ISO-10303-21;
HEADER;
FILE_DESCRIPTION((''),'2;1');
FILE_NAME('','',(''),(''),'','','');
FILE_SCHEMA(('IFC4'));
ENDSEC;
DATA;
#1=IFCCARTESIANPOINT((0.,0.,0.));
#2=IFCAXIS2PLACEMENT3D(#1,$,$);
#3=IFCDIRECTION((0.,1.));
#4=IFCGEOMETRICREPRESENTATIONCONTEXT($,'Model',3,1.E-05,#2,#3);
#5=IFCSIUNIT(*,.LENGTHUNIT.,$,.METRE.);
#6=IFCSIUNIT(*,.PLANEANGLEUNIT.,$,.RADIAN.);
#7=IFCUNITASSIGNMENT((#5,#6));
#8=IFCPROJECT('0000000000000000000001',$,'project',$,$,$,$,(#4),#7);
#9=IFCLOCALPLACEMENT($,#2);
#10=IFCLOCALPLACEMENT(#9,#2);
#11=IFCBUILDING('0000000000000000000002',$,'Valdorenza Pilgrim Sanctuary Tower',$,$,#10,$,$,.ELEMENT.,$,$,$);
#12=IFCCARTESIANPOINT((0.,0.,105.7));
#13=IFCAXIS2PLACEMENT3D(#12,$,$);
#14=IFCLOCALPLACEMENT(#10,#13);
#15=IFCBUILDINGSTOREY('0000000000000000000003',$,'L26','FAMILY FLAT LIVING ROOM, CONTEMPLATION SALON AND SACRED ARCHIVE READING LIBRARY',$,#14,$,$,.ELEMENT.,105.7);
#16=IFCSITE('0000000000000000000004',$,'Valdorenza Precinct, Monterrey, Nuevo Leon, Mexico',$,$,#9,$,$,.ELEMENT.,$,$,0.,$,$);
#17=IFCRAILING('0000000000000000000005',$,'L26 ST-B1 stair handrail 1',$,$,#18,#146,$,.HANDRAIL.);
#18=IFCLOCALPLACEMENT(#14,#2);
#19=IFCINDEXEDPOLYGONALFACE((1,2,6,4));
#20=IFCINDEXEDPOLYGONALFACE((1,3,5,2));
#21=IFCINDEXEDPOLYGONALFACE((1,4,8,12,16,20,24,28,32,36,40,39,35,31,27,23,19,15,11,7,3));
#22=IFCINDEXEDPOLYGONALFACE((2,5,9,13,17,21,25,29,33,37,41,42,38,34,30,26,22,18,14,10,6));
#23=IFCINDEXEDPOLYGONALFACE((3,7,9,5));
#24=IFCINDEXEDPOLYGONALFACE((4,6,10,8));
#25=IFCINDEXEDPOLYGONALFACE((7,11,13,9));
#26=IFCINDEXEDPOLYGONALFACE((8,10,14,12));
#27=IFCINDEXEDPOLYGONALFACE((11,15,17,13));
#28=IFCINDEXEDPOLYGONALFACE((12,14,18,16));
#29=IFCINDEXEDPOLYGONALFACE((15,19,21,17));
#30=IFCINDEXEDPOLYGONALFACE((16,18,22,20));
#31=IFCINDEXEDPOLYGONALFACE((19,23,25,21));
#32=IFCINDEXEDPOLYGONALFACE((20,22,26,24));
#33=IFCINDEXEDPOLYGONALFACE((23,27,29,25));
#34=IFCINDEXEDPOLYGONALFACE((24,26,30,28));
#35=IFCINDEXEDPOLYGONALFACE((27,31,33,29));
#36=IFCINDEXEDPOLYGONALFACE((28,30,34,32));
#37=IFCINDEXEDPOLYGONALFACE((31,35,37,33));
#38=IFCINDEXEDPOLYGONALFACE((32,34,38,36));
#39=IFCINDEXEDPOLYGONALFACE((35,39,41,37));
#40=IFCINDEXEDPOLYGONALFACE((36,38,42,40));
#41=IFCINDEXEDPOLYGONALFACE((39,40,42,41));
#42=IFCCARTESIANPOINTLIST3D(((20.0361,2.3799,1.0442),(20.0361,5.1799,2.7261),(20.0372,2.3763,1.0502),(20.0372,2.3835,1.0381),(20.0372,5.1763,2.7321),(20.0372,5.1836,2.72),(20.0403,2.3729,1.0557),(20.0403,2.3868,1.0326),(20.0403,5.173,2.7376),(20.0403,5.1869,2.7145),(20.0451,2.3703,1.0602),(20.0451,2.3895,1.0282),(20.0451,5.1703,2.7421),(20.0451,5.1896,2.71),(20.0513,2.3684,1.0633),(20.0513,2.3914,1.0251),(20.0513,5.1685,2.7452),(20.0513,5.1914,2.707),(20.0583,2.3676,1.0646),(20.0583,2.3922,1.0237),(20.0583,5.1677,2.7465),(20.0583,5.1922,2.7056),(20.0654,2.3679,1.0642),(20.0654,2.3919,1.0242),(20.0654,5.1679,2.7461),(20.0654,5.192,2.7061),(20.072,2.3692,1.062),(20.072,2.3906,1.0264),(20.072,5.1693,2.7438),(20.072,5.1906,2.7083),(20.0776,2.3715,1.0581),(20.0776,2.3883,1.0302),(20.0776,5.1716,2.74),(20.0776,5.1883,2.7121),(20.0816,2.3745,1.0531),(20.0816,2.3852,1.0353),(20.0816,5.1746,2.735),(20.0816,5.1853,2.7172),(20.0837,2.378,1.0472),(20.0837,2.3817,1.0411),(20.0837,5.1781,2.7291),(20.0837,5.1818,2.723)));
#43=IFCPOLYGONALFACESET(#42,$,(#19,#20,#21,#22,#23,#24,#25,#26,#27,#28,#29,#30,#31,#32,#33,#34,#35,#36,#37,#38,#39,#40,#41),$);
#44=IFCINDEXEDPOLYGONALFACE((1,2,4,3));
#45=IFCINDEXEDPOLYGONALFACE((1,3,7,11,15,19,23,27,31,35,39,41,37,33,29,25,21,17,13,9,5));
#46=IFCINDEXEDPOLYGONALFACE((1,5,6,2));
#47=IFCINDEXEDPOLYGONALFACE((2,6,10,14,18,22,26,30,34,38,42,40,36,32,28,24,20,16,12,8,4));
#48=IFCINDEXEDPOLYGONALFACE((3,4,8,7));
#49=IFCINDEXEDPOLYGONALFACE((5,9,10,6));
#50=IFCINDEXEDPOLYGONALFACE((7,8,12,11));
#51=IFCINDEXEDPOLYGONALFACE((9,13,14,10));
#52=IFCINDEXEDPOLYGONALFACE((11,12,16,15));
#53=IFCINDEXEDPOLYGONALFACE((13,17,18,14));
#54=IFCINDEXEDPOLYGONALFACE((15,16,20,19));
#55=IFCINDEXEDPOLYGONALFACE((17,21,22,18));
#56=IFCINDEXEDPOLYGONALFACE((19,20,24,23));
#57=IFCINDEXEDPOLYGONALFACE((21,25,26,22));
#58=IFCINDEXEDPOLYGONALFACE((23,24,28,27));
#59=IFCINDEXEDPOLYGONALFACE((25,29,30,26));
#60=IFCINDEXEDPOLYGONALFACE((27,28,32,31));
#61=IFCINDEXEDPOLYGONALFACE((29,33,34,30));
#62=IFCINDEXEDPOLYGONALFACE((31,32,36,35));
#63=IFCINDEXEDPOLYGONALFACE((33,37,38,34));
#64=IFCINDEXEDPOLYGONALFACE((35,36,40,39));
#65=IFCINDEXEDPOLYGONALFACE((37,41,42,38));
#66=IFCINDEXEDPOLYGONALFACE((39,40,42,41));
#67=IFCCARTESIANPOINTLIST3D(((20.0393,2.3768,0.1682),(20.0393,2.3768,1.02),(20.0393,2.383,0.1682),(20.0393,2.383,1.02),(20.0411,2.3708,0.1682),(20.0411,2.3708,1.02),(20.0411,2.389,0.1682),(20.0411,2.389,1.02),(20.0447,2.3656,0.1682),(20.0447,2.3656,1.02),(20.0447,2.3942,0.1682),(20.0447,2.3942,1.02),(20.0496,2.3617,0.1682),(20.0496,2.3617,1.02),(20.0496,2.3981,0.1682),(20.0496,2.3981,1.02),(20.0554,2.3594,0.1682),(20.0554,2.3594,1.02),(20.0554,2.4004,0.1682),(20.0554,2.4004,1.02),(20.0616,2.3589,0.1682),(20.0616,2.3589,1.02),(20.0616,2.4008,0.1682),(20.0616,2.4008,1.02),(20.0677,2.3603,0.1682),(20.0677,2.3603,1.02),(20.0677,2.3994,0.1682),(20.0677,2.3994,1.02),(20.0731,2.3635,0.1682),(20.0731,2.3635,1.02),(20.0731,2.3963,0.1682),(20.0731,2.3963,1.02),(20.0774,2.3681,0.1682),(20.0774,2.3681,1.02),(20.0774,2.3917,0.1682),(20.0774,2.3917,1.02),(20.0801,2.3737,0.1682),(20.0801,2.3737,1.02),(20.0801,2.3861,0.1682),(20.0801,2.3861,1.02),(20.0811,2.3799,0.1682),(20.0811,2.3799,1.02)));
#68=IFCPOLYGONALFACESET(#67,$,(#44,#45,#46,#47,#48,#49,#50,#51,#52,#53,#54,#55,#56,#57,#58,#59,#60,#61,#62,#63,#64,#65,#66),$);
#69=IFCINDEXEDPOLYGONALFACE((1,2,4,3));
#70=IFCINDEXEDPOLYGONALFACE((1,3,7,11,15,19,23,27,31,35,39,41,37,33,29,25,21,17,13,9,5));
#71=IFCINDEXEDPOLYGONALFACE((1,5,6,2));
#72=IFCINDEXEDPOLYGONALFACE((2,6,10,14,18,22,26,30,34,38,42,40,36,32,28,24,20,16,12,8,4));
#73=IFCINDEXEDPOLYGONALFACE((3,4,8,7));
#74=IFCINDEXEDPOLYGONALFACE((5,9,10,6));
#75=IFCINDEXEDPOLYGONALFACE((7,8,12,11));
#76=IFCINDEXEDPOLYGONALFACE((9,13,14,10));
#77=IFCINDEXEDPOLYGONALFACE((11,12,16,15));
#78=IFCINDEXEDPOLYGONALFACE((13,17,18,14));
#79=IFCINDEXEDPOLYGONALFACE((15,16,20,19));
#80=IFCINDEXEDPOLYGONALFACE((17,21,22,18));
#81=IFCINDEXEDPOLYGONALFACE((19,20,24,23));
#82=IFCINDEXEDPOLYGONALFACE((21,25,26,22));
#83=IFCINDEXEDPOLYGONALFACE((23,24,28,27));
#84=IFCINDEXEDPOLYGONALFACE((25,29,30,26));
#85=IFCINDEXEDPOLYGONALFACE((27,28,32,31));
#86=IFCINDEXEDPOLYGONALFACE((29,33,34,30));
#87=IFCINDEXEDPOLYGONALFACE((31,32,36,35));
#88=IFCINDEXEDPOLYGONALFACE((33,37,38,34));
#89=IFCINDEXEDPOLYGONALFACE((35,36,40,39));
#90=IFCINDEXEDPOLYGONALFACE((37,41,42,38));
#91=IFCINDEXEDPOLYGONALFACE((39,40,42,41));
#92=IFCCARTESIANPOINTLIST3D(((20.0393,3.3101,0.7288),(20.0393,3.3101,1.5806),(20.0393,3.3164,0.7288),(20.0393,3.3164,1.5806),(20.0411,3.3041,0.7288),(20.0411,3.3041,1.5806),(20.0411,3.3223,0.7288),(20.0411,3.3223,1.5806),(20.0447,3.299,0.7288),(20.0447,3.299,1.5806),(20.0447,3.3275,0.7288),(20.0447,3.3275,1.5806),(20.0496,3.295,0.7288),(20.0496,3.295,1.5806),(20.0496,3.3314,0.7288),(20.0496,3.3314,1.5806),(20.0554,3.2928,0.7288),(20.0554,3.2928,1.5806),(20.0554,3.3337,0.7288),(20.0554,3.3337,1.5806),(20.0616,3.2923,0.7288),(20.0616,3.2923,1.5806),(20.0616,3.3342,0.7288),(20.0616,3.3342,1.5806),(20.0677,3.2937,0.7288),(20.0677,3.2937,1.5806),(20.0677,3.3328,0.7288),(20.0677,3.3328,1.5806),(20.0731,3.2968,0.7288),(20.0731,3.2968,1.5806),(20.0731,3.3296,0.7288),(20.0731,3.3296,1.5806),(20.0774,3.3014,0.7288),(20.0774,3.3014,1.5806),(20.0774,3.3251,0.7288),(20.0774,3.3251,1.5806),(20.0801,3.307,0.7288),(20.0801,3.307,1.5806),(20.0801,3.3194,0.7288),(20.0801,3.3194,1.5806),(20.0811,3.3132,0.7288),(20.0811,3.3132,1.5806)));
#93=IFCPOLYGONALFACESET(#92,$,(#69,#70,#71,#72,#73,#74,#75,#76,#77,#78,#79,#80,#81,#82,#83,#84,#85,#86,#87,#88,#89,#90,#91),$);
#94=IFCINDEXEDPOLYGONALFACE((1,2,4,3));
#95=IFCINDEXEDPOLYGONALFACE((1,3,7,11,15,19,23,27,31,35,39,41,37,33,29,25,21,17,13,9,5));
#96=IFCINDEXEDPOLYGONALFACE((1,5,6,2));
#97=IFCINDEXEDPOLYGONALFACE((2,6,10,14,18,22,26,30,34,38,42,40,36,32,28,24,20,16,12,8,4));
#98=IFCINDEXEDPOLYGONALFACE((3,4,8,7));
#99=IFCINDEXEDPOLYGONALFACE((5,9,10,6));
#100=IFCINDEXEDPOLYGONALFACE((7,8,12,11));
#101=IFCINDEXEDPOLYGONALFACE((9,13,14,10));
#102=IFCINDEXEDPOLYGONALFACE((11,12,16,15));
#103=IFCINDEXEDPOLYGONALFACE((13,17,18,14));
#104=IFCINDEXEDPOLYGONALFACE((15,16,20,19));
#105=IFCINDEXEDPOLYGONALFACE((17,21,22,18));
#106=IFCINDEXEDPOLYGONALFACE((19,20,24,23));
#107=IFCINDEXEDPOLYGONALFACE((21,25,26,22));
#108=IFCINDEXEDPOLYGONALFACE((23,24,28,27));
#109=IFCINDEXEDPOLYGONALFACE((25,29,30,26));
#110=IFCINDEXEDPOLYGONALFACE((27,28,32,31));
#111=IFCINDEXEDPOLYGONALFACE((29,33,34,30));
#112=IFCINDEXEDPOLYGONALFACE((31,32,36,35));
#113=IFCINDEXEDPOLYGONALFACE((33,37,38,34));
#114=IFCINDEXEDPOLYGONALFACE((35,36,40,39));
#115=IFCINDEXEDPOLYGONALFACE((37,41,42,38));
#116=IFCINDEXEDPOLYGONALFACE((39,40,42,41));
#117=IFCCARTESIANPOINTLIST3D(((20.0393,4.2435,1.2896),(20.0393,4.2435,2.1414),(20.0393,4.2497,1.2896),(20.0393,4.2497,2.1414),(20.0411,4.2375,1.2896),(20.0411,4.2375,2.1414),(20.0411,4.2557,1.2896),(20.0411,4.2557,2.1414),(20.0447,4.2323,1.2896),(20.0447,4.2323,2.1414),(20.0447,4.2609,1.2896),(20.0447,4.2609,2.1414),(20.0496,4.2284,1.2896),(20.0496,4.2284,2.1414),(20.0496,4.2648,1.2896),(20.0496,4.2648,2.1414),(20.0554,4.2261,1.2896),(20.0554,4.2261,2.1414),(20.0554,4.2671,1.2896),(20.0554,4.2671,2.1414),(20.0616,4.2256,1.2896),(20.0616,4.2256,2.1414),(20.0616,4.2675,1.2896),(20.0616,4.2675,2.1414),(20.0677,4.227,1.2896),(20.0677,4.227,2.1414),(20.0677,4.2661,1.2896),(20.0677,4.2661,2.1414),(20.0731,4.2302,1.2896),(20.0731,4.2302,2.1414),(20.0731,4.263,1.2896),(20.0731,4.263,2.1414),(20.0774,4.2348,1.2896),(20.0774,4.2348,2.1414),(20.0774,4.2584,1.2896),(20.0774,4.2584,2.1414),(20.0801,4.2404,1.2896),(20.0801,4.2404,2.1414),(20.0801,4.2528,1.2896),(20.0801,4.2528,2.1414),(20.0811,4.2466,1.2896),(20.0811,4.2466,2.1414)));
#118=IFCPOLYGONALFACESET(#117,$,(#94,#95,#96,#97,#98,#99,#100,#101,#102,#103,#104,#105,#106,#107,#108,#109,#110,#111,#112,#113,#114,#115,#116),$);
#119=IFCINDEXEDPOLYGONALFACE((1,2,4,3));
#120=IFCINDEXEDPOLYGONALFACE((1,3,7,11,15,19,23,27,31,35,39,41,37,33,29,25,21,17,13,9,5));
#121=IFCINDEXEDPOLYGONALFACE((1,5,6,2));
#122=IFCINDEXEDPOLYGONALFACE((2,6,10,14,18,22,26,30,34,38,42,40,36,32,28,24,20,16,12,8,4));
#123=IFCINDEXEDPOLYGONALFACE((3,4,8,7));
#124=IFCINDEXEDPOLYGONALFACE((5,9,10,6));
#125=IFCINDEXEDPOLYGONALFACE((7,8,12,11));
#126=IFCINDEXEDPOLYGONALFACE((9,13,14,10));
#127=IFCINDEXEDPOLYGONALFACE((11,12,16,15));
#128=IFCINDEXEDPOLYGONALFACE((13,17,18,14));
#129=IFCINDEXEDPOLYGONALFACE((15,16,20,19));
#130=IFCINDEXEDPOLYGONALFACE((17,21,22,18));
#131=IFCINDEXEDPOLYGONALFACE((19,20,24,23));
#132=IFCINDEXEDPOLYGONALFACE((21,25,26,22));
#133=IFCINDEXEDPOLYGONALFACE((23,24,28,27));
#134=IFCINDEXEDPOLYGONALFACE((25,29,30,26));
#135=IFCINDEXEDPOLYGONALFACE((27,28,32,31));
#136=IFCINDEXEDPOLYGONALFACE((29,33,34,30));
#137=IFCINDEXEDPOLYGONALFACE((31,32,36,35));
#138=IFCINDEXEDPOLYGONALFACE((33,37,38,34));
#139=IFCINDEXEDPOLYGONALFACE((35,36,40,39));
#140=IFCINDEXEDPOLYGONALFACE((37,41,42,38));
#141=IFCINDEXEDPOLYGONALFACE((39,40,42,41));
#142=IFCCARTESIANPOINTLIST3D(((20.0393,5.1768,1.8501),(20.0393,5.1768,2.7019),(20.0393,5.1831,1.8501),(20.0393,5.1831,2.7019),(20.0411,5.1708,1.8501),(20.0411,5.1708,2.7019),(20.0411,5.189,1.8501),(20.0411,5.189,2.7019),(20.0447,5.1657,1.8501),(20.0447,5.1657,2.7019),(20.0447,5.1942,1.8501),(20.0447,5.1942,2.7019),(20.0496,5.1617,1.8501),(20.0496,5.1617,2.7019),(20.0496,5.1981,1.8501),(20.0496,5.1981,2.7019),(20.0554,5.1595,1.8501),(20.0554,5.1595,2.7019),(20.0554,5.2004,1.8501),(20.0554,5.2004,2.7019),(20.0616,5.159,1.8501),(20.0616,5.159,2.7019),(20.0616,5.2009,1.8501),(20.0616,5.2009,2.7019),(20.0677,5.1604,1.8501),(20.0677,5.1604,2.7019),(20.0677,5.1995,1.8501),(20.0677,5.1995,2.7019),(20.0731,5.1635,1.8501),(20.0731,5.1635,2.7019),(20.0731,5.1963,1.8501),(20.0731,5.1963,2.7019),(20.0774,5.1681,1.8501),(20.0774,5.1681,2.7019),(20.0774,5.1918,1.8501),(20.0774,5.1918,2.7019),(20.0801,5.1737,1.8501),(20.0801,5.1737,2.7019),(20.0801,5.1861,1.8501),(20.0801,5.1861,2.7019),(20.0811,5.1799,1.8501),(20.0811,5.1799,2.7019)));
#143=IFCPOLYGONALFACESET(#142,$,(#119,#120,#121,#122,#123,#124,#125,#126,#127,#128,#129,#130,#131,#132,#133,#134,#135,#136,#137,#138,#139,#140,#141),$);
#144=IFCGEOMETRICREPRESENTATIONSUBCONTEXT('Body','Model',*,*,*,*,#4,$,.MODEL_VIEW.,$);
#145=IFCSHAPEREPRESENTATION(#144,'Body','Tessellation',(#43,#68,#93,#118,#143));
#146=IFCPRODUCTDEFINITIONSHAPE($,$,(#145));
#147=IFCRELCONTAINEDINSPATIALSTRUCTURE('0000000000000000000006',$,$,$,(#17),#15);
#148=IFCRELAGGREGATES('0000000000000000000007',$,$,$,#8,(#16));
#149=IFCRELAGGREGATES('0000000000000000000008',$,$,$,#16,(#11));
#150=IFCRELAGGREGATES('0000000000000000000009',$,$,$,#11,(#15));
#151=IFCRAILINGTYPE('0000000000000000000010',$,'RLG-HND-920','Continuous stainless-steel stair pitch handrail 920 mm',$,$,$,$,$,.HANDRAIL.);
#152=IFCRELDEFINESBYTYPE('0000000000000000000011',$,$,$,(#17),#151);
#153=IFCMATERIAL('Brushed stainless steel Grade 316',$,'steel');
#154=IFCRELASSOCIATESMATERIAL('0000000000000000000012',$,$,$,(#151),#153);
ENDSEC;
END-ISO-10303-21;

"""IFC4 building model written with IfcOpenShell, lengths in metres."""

from ifc_helpers import new_model, si_unit, direction, frame, origin, origin_2d, place, context, subcontext, project, spatial, circle, extrude, material, type_object, element, save


model = new_model("IFC4")

# Units and contexts
model_context = context("Model", 3, precision=1e-05, world=origin(), true_north=direction((0.0, 1.0)))
body_context = subcontext(model_context, "Body", "Model", "MODEL_VIEW")
ifc_project = project(units=[si_unit("LENGTHUNIT", "METRE"), si_unit("PLANEANGLEUNIT", "RADIAN")], contexts=[model_context])

# Site, building, storey
site_placement = place(None, origin())
site = spatial("IfcSite", under=ifc_project, at=site_placement, Name="Valdorenza Precinct, Monterrey, Nuevo Leon, Mexico", CompositionType="ELEMENT", RefElevation=0.0)
building_placement = place(site_placement, origin())
building = spatial("IfcBuilding", under=site, at=building_placement, Name="Valdorenza Pilgrim Sanctuary Tower", CompositionType="ELEMENT")
storey_placement = place(building_placement, frame((0.0, 0.0, 105.7)))
storey = spatial("IfcBuildingStorey", under=building, at=storey_placement, Name="L26", Description="FAMILY FLAT LIVING ROOM, CONTEMPLATION SALON AND SACRED ARCHIVE READING LIBRARY", CompositionType="ELEMENT", Elevation=105.7)

# Shared definitions
ifc_material_1 = material(Name="Brushed stainless steel Grade 316", Category="steel")

# Railing
railing_type_1 = type_object("IfcRailingType", Name="RLG-HND-920", Description="Continuous stainless-steel stair pitch handrail 920 mm", PredefinedType="HANDRAIL", material=ifc_material_1)
railing_1_placement = place(storey_placement, frame((20.0601, 2.3799, 0.1682)))
element("IfcRailing", 1, at=railing_1_placement, inside=storey, type_object=railing_type_1, Name="L26 ST-B1 stair handrail 1", PredefinedType="HANDRAIL", context=body_context, shape_type="SweptSolid", body=[
    extrude(circle(Radius=0.0239, at=origin_2d()), frame((0.0, 0.0, 0.876), z_axis=(0.0, 0.857242, 0.514913), x_axis=(-1.0, 0.0, 0.0)), (0.0, 0.0, 1.0), 3.2664),
    extrude(circle(Radius=0.021, at=origin_2d()), origin(), (0.0, 0.0, 1.0), 0.8518),
    extrude(circle(Radius=0.021, at=origin_2d()), frame((0.0, 0.9333, 0.5605)), (0.0, 0.0, 1.0), 0.8518),
    extrude(circle(Radius=0.021, at=origin_2d()), frame((0.0, 1.8667, 1.1213)), (0.0, 0.0, 1.0), 0.8518),
    extrude(circle(Radius=0.021, at=origin_2d()), frame((0.0, 2.8, 1.6819)), (0.0, 0.0, 1.0), 0.8518),
])

save(model, "model.ifc")
